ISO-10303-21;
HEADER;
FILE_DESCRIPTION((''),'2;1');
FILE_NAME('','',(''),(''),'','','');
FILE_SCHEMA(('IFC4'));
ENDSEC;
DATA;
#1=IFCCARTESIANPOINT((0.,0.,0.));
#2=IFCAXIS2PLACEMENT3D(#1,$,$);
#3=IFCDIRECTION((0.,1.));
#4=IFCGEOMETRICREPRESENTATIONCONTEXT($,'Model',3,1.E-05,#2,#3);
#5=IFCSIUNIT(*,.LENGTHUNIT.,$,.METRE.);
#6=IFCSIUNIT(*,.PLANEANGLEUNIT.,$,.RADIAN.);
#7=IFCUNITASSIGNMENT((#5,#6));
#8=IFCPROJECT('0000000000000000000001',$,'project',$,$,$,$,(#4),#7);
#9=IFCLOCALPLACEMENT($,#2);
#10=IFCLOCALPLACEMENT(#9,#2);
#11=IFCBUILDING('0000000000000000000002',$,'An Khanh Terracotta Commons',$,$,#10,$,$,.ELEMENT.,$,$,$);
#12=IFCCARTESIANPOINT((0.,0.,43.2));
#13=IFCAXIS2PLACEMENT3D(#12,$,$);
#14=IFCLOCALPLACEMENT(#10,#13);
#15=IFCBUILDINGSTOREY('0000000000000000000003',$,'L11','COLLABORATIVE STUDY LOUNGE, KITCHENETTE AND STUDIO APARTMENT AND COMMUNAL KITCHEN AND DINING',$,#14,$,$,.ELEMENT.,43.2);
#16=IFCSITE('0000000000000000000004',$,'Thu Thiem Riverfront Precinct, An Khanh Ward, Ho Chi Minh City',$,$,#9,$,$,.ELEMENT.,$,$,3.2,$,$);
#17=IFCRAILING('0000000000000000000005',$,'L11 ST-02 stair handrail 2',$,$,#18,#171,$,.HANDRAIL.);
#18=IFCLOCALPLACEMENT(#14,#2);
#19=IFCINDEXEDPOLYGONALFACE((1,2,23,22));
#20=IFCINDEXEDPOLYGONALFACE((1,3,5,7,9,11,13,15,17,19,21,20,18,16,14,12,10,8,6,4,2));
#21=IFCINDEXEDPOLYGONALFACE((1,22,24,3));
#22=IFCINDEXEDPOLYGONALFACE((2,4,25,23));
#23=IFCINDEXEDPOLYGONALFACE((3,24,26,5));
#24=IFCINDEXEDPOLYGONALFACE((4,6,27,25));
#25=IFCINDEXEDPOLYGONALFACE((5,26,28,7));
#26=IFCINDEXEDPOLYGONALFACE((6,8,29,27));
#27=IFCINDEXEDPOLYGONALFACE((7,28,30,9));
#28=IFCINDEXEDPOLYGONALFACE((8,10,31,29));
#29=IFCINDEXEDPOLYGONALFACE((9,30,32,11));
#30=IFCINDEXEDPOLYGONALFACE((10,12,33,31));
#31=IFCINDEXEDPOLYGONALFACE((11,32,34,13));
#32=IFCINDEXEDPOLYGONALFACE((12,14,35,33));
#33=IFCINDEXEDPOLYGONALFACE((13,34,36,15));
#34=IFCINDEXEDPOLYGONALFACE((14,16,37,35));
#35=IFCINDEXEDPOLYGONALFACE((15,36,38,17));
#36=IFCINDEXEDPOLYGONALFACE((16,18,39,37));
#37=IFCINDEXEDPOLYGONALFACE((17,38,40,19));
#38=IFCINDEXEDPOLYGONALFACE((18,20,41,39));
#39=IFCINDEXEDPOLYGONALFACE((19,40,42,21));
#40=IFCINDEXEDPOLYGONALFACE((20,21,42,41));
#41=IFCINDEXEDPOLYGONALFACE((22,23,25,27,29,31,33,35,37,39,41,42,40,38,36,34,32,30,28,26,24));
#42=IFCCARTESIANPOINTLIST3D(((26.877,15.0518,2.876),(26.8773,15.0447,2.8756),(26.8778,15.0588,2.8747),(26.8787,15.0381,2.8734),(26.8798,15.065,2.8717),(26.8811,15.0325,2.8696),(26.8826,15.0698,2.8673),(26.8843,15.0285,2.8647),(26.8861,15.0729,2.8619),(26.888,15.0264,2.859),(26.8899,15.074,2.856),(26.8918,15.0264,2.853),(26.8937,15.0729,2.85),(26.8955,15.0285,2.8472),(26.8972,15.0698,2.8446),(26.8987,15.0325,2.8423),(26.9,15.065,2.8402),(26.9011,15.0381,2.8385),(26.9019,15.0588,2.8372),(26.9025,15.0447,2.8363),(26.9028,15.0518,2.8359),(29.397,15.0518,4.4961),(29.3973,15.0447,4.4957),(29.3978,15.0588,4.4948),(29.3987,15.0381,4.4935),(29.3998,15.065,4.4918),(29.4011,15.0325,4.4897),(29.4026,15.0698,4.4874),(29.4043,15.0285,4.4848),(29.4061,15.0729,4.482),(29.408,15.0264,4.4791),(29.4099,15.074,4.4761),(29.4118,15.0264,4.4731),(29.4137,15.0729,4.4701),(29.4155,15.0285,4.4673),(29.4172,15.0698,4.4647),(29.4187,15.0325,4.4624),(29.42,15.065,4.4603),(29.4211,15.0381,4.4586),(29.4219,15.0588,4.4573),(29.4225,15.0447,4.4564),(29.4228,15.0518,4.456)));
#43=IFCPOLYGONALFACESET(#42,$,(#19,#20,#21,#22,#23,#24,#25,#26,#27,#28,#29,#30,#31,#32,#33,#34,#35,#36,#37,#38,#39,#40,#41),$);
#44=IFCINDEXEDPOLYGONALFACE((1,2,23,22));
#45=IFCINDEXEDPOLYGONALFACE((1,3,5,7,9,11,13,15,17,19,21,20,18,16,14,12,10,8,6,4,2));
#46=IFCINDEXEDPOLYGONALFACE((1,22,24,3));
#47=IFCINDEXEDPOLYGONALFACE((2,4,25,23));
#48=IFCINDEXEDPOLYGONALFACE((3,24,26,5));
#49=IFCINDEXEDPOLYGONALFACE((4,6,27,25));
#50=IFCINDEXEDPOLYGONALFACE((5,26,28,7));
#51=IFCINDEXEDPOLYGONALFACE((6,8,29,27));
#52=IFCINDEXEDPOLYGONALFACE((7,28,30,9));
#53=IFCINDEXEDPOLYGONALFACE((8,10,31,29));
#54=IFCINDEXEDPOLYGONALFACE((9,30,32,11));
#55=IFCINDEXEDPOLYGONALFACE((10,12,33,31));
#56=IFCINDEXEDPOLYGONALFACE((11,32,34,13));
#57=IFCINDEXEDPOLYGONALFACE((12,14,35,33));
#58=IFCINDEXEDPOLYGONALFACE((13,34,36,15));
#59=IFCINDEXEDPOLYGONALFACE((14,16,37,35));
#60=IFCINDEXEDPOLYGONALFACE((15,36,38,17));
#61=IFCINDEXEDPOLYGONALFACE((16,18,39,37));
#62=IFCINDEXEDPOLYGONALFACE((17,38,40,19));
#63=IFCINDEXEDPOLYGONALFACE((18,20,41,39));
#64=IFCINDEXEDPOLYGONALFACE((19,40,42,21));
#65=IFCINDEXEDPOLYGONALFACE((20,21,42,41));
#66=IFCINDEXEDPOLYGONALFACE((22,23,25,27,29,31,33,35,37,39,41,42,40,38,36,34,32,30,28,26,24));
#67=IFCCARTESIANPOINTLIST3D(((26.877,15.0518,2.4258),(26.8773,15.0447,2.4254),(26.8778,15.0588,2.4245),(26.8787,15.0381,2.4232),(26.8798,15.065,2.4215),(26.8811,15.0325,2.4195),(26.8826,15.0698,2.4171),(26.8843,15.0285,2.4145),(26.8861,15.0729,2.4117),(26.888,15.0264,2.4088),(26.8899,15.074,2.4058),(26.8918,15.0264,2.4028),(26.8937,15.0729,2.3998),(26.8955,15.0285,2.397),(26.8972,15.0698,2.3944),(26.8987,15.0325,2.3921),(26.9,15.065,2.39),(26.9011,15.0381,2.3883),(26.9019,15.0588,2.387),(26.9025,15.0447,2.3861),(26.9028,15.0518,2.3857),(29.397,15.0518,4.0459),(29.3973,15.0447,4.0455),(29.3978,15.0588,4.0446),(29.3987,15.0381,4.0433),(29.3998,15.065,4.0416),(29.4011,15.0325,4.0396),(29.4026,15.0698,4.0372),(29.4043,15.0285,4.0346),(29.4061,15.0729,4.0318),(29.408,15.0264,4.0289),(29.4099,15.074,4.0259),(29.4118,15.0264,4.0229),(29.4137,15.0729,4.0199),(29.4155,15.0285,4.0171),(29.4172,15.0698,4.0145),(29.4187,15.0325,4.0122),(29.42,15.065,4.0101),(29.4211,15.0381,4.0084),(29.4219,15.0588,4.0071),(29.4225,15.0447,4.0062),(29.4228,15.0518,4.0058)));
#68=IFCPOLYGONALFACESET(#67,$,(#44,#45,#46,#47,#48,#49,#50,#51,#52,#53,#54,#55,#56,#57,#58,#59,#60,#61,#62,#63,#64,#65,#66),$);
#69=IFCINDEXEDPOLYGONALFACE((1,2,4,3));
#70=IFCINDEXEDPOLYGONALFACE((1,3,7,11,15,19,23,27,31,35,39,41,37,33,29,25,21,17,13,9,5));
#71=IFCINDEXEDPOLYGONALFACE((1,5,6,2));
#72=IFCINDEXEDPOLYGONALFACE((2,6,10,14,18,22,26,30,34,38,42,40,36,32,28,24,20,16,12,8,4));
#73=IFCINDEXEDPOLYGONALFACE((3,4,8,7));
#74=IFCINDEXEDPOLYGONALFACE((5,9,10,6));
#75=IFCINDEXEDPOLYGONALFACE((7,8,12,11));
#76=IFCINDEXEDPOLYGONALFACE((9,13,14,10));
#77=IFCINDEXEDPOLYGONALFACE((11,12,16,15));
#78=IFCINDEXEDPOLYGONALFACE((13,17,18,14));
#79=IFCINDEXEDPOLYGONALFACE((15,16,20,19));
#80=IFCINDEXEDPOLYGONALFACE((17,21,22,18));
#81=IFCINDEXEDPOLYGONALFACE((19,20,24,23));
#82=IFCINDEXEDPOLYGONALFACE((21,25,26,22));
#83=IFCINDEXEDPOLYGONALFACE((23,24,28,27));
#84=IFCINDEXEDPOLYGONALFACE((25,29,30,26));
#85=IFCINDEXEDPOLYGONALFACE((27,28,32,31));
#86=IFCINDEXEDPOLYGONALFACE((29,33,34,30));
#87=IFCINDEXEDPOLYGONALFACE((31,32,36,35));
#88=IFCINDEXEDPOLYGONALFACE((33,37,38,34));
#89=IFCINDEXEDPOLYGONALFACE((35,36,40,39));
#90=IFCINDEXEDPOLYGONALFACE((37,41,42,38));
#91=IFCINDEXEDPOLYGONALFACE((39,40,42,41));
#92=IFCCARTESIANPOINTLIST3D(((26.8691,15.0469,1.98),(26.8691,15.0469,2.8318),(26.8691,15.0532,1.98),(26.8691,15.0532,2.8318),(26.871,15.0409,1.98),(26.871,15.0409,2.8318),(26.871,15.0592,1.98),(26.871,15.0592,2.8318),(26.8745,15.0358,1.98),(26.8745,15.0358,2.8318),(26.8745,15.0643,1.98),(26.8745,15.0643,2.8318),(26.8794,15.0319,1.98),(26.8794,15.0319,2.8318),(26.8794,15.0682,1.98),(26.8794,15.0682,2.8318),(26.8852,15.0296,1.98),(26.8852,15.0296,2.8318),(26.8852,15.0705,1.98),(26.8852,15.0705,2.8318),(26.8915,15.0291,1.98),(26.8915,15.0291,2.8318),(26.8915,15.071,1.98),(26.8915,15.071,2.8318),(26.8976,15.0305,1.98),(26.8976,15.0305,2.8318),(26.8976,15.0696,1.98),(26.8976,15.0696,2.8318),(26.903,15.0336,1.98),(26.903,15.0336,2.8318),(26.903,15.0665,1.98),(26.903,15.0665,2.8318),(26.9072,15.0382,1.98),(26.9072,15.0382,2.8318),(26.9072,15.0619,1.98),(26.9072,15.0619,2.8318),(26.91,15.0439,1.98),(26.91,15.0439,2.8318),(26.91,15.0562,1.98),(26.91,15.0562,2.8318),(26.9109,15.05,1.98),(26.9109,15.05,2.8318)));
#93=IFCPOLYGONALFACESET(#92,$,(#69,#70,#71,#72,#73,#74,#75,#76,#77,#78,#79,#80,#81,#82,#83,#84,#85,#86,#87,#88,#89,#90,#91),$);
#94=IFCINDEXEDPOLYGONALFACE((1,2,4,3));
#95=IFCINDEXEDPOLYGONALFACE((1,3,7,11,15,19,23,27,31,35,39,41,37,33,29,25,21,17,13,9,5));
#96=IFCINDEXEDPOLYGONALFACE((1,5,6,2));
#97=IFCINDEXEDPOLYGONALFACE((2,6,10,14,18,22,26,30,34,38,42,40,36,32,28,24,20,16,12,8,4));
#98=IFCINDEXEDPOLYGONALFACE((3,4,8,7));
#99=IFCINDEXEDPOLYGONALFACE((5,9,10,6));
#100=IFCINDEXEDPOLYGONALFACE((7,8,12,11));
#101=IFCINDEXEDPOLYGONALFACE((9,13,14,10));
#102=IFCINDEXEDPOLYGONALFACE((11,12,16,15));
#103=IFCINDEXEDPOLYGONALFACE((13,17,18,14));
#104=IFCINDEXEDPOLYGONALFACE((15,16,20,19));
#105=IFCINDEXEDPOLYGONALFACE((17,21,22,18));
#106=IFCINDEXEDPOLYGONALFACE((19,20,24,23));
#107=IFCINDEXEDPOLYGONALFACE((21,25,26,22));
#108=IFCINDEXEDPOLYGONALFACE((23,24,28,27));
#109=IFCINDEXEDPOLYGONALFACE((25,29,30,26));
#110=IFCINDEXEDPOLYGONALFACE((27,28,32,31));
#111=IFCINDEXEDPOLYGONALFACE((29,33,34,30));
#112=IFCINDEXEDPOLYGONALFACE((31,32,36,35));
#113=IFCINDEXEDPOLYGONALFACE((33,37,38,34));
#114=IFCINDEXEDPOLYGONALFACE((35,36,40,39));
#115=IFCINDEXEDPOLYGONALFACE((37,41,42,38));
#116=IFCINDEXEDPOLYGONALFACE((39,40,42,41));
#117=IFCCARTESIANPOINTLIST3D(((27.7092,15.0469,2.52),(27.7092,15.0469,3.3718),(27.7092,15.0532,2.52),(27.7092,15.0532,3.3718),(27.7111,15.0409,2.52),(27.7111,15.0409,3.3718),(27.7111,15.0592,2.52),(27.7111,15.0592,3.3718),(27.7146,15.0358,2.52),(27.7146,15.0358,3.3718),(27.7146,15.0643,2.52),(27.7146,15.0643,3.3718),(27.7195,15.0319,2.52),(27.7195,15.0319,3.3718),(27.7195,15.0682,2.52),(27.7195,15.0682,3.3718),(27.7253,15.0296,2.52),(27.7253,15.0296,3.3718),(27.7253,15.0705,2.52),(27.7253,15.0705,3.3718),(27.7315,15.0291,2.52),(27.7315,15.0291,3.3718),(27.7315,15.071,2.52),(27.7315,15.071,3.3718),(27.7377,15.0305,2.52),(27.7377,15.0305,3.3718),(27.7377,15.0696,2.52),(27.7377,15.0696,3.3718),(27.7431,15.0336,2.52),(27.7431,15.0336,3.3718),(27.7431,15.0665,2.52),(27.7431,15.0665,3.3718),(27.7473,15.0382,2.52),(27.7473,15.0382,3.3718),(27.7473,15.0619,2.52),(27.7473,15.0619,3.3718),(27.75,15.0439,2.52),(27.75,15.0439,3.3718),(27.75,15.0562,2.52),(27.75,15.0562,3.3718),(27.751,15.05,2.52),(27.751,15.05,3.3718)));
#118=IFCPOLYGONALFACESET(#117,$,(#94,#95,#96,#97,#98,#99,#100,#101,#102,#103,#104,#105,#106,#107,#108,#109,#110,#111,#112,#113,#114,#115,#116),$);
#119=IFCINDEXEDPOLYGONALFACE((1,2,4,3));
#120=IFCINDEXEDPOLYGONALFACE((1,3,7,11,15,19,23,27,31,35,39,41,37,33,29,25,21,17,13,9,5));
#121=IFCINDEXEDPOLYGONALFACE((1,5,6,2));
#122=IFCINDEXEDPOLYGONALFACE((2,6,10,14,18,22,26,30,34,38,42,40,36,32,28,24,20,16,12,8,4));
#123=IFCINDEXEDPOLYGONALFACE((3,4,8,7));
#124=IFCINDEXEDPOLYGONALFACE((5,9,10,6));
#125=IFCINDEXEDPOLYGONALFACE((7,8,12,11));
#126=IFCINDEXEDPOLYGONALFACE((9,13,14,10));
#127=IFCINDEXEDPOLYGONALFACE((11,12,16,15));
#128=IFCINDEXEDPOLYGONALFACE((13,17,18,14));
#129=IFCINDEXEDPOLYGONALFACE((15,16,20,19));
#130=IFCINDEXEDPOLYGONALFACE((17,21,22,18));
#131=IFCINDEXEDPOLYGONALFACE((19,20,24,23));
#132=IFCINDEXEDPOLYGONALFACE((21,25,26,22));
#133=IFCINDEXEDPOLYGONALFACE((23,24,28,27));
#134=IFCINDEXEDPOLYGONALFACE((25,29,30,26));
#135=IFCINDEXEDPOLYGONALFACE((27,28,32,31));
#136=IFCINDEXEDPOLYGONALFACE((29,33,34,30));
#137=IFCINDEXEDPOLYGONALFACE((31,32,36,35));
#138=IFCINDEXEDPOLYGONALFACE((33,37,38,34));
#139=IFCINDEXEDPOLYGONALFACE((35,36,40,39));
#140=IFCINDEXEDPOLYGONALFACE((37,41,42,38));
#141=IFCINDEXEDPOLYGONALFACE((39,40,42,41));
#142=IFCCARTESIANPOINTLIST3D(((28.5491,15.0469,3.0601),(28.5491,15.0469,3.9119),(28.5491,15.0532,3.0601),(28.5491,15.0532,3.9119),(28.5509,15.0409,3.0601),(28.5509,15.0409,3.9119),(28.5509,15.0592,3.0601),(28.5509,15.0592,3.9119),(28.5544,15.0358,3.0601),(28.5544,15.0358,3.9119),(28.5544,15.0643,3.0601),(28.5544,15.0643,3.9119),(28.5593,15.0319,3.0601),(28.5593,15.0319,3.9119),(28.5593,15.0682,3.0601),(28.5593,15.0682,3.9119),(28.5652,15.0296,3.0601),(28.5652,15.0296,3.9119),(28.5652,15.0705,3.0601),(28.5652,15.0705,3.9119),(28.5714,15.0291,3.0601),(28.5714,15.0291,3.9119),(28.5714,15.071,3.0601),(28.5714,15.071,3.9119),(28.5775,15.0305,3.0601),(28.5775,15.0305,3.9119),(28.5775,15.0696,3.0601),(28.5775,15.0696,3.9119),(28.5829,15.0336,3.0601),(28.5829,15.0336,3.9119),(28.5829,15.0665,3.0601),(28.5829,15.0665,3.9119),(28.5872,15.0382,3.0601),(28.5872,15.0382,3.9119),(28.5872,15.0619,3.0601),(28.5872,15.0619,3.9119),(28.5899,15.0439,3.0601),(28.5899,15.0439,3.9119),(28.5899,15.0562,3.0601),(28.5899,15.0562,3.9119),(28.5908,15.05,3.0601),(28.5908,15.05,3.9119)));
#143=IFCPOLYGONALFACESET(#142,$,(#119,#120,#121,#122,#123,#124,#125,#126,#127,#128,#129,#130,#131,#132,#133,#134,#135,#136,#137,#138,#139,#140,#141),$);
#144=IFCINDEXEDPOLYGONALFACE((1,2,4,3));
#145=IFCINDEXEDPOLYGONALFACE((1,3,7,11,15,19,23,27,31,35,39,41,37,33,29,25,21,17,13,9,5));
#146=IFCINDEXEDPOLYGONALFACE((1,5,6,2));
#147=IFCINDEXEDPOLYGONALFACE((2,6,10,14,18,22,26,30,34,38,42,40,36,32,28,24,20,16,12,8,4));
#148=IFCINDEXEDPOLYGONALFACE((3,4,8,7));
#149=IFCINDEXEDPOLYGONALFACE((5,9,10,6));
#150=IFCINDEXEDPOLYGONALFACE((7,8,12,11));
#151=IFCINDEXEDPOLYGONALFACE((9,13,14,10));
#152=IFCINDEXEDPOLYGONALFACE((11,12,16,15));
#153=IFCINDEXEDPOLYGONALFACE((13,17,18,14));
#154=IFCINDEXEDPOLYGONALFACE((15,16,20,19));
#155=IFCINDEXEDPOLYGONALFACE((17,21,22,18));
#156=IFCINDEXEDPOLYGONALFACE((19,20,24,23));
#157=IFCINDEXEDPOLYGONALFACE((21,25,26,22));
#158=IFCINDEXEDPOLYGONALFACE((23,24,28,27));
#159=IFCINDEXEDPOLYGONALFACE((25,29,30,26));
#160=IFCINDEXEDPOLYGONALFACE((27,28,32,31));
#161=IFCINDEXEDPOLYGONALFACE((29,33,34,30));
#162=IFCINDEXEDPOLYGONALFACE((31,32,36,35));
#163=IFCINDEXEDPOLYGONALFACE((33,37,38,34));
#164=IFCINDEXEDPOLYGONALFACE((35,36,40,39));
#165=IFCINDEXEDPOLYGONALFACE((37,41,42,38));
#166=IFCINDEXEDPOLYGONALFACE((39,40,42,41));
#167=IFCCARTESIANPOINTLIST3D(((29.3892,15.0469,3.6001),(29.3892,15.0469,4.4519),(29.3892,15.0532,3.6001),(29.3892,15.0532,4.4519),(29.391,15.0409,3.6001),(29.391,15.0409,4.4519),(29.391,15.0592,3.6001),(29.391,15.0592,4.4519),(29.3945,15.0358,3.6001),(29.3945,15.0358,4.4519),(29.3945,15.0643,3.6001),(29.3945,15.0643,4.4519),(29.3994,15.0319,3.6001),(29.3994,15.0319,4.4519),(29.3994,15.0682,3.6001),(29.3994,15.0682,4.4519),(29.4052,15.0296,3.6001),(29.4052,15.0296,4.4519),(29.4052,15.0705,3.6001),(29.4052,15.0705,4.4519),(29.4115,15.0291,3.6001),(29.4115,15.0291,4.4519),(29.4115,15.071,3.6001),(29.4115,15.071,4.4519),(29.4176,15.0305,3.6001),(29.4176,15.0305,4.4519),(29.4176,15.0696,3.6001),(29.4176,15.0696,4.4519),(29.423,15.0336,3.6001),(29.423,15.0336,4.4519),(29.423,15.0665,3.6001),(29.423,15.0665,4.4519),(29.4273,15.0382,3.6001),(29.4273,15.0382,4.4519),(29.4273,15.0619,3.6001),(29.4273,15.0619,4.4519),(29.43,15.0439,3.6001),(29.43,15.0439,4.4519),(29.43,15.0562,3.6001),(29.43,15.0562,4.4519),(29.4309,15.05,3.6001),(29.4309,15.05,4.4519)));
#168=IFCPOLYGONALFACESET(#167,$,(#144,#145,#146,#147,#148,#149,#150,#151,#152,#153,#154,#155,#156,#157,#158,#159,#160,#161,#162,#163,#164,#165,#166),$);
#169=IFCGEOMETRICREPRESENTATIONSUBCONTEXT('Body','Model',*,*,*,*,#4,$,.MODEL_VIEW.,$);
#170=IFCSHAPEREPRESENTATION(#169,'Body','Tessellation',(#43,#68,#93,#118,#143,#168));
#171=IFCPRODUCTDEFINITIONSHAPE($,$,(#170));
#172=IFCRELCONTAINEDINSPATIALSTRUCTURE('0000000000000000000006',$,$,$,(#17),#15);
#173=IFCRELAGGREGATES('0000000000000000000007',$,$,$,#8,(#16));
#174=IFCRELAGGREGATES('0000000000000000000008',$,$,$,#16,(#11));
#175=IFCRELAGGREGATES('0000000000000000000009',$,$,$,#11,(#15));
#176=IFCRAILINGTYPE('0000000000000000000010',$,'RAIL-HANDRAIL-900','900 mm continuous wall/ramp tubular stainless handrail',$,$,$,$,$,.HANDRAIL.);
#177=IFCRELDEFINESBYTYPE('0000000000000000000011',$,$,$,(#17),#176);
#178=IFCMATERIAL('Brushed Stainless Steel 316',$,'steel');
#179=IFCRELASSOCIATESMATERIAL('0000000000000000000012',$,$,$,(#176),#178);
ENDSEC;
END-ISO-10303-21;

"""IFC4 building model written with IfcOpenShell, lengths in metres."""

from ifc_helpers import new_model, si_unit, direction, frame, origin, origin_2d, place, context, subcontext, project, spatial, circle, extrude, material, type_object, element, save


model = new_model("IFC4")

# Units and contexts
model_context = context("Model", 3, precision=1e-05, world=origin(), true_north=direction((0.0, 1.0)))
body_context = subcontext(model_context, "Body", "Model", "MODEL_VIEW")
ifc_project = project(units=[si_unit("LENGTHUNIT", "METRE"), si_unit("PLANEANGLEUNIT", "RADIAN")], contexts=[model_context])

# Site, building, storey
site_placement = place(None, origin())
site = spatial("IfcSite", under=ifc_project, at=site_placement, Name="Thu Thiem Riverfront Precinct, An Khanh Ward, Ho Chi Minh City", CompositionType="ELEMENT", RefElevation=3.2)
building_placement = place(site_placement, origin())
building = spatial("IfcBuilding", under=site, at=building_placement, Name="An Khanh Terracotta Commons", CompositionType="ELEMENT")
storey_placement = place(building_placement, frame((0.0, 0.0, 43.2)))
storey = spatial("IfcBuildingStorey", under=building, at=storey_placement, Name="L11", Description="COLLABORATIVE STUDY LOUNGE, KITCHENETTE AND STUDIO APARTMENT AND COMMUNAL KITCHEN AND DINING", CompositionType="ELEMENT", Elevation=43.2)

# Railing
ifc_material_1 = material(Name="Brushed Stainless Steel 316", Category="steel")
railing_type_1 = type_object("IfcRailingType", Name="RAIL-HANDRAIL-900", Description="900 mm continuous wall/ramp tubular stainless handrail", PredefinedType="HANDRAIL", material=ifc_material_1)
railing_1_placement = place(storey_placement, frame((26.8899, 15.05, 1.98)))
element("IfcRailing", 1, at=railing_1_placement, inside=storey, type_object=railing_type_1, Name="L11 ST-02 stair handrail 2", PredefinedType="HANDRAIL", context=body_context, shape_type="SweptSolid", body=[
    extrude(circle(Radius=0.0239, at=origin_2d()), frame((0.0, 0.0, 0.876), z_axis=(0.841163, 0.0, 0.540782), x_axis=(0.0, 1.0, 0.0)), (0.0, 0.0, 1.0), 2.9958),
    extrude(circle(Radius=0.0239, at=origin_2d()), frame((0.0, 0.0, 0.4258), z_axis=(0.841163, 0.0, 0.540782), x_axis=(0.0, 1.0, 0.0)), (0.0, 0.0, 1.0), 2.9958),
    extrude(circle(Radius=0.021, at=origin_2d()), origin(), (0.0, 0.0, 1.0), 0.8518),
    extrude(circle(Radius=0.021, at=origin_2d()), frame((0.8401, 0.0, 0.54)), (0.0, 0.0, 1.0), 0.8518),
    extrude(circle(Radius=0.021, at=origin_2d()), frame((1.6799, 0.0, 1.0801)), (0.0, 0.0, 1.0), 0.8518),
    extrude(circle(Radius=0.021, at=origin_2d()), frame((2.52, 0.0, 1.6201)), (0.0, 0.0, 1.0), 0.8518),
])

save(model, "model.ifc")
